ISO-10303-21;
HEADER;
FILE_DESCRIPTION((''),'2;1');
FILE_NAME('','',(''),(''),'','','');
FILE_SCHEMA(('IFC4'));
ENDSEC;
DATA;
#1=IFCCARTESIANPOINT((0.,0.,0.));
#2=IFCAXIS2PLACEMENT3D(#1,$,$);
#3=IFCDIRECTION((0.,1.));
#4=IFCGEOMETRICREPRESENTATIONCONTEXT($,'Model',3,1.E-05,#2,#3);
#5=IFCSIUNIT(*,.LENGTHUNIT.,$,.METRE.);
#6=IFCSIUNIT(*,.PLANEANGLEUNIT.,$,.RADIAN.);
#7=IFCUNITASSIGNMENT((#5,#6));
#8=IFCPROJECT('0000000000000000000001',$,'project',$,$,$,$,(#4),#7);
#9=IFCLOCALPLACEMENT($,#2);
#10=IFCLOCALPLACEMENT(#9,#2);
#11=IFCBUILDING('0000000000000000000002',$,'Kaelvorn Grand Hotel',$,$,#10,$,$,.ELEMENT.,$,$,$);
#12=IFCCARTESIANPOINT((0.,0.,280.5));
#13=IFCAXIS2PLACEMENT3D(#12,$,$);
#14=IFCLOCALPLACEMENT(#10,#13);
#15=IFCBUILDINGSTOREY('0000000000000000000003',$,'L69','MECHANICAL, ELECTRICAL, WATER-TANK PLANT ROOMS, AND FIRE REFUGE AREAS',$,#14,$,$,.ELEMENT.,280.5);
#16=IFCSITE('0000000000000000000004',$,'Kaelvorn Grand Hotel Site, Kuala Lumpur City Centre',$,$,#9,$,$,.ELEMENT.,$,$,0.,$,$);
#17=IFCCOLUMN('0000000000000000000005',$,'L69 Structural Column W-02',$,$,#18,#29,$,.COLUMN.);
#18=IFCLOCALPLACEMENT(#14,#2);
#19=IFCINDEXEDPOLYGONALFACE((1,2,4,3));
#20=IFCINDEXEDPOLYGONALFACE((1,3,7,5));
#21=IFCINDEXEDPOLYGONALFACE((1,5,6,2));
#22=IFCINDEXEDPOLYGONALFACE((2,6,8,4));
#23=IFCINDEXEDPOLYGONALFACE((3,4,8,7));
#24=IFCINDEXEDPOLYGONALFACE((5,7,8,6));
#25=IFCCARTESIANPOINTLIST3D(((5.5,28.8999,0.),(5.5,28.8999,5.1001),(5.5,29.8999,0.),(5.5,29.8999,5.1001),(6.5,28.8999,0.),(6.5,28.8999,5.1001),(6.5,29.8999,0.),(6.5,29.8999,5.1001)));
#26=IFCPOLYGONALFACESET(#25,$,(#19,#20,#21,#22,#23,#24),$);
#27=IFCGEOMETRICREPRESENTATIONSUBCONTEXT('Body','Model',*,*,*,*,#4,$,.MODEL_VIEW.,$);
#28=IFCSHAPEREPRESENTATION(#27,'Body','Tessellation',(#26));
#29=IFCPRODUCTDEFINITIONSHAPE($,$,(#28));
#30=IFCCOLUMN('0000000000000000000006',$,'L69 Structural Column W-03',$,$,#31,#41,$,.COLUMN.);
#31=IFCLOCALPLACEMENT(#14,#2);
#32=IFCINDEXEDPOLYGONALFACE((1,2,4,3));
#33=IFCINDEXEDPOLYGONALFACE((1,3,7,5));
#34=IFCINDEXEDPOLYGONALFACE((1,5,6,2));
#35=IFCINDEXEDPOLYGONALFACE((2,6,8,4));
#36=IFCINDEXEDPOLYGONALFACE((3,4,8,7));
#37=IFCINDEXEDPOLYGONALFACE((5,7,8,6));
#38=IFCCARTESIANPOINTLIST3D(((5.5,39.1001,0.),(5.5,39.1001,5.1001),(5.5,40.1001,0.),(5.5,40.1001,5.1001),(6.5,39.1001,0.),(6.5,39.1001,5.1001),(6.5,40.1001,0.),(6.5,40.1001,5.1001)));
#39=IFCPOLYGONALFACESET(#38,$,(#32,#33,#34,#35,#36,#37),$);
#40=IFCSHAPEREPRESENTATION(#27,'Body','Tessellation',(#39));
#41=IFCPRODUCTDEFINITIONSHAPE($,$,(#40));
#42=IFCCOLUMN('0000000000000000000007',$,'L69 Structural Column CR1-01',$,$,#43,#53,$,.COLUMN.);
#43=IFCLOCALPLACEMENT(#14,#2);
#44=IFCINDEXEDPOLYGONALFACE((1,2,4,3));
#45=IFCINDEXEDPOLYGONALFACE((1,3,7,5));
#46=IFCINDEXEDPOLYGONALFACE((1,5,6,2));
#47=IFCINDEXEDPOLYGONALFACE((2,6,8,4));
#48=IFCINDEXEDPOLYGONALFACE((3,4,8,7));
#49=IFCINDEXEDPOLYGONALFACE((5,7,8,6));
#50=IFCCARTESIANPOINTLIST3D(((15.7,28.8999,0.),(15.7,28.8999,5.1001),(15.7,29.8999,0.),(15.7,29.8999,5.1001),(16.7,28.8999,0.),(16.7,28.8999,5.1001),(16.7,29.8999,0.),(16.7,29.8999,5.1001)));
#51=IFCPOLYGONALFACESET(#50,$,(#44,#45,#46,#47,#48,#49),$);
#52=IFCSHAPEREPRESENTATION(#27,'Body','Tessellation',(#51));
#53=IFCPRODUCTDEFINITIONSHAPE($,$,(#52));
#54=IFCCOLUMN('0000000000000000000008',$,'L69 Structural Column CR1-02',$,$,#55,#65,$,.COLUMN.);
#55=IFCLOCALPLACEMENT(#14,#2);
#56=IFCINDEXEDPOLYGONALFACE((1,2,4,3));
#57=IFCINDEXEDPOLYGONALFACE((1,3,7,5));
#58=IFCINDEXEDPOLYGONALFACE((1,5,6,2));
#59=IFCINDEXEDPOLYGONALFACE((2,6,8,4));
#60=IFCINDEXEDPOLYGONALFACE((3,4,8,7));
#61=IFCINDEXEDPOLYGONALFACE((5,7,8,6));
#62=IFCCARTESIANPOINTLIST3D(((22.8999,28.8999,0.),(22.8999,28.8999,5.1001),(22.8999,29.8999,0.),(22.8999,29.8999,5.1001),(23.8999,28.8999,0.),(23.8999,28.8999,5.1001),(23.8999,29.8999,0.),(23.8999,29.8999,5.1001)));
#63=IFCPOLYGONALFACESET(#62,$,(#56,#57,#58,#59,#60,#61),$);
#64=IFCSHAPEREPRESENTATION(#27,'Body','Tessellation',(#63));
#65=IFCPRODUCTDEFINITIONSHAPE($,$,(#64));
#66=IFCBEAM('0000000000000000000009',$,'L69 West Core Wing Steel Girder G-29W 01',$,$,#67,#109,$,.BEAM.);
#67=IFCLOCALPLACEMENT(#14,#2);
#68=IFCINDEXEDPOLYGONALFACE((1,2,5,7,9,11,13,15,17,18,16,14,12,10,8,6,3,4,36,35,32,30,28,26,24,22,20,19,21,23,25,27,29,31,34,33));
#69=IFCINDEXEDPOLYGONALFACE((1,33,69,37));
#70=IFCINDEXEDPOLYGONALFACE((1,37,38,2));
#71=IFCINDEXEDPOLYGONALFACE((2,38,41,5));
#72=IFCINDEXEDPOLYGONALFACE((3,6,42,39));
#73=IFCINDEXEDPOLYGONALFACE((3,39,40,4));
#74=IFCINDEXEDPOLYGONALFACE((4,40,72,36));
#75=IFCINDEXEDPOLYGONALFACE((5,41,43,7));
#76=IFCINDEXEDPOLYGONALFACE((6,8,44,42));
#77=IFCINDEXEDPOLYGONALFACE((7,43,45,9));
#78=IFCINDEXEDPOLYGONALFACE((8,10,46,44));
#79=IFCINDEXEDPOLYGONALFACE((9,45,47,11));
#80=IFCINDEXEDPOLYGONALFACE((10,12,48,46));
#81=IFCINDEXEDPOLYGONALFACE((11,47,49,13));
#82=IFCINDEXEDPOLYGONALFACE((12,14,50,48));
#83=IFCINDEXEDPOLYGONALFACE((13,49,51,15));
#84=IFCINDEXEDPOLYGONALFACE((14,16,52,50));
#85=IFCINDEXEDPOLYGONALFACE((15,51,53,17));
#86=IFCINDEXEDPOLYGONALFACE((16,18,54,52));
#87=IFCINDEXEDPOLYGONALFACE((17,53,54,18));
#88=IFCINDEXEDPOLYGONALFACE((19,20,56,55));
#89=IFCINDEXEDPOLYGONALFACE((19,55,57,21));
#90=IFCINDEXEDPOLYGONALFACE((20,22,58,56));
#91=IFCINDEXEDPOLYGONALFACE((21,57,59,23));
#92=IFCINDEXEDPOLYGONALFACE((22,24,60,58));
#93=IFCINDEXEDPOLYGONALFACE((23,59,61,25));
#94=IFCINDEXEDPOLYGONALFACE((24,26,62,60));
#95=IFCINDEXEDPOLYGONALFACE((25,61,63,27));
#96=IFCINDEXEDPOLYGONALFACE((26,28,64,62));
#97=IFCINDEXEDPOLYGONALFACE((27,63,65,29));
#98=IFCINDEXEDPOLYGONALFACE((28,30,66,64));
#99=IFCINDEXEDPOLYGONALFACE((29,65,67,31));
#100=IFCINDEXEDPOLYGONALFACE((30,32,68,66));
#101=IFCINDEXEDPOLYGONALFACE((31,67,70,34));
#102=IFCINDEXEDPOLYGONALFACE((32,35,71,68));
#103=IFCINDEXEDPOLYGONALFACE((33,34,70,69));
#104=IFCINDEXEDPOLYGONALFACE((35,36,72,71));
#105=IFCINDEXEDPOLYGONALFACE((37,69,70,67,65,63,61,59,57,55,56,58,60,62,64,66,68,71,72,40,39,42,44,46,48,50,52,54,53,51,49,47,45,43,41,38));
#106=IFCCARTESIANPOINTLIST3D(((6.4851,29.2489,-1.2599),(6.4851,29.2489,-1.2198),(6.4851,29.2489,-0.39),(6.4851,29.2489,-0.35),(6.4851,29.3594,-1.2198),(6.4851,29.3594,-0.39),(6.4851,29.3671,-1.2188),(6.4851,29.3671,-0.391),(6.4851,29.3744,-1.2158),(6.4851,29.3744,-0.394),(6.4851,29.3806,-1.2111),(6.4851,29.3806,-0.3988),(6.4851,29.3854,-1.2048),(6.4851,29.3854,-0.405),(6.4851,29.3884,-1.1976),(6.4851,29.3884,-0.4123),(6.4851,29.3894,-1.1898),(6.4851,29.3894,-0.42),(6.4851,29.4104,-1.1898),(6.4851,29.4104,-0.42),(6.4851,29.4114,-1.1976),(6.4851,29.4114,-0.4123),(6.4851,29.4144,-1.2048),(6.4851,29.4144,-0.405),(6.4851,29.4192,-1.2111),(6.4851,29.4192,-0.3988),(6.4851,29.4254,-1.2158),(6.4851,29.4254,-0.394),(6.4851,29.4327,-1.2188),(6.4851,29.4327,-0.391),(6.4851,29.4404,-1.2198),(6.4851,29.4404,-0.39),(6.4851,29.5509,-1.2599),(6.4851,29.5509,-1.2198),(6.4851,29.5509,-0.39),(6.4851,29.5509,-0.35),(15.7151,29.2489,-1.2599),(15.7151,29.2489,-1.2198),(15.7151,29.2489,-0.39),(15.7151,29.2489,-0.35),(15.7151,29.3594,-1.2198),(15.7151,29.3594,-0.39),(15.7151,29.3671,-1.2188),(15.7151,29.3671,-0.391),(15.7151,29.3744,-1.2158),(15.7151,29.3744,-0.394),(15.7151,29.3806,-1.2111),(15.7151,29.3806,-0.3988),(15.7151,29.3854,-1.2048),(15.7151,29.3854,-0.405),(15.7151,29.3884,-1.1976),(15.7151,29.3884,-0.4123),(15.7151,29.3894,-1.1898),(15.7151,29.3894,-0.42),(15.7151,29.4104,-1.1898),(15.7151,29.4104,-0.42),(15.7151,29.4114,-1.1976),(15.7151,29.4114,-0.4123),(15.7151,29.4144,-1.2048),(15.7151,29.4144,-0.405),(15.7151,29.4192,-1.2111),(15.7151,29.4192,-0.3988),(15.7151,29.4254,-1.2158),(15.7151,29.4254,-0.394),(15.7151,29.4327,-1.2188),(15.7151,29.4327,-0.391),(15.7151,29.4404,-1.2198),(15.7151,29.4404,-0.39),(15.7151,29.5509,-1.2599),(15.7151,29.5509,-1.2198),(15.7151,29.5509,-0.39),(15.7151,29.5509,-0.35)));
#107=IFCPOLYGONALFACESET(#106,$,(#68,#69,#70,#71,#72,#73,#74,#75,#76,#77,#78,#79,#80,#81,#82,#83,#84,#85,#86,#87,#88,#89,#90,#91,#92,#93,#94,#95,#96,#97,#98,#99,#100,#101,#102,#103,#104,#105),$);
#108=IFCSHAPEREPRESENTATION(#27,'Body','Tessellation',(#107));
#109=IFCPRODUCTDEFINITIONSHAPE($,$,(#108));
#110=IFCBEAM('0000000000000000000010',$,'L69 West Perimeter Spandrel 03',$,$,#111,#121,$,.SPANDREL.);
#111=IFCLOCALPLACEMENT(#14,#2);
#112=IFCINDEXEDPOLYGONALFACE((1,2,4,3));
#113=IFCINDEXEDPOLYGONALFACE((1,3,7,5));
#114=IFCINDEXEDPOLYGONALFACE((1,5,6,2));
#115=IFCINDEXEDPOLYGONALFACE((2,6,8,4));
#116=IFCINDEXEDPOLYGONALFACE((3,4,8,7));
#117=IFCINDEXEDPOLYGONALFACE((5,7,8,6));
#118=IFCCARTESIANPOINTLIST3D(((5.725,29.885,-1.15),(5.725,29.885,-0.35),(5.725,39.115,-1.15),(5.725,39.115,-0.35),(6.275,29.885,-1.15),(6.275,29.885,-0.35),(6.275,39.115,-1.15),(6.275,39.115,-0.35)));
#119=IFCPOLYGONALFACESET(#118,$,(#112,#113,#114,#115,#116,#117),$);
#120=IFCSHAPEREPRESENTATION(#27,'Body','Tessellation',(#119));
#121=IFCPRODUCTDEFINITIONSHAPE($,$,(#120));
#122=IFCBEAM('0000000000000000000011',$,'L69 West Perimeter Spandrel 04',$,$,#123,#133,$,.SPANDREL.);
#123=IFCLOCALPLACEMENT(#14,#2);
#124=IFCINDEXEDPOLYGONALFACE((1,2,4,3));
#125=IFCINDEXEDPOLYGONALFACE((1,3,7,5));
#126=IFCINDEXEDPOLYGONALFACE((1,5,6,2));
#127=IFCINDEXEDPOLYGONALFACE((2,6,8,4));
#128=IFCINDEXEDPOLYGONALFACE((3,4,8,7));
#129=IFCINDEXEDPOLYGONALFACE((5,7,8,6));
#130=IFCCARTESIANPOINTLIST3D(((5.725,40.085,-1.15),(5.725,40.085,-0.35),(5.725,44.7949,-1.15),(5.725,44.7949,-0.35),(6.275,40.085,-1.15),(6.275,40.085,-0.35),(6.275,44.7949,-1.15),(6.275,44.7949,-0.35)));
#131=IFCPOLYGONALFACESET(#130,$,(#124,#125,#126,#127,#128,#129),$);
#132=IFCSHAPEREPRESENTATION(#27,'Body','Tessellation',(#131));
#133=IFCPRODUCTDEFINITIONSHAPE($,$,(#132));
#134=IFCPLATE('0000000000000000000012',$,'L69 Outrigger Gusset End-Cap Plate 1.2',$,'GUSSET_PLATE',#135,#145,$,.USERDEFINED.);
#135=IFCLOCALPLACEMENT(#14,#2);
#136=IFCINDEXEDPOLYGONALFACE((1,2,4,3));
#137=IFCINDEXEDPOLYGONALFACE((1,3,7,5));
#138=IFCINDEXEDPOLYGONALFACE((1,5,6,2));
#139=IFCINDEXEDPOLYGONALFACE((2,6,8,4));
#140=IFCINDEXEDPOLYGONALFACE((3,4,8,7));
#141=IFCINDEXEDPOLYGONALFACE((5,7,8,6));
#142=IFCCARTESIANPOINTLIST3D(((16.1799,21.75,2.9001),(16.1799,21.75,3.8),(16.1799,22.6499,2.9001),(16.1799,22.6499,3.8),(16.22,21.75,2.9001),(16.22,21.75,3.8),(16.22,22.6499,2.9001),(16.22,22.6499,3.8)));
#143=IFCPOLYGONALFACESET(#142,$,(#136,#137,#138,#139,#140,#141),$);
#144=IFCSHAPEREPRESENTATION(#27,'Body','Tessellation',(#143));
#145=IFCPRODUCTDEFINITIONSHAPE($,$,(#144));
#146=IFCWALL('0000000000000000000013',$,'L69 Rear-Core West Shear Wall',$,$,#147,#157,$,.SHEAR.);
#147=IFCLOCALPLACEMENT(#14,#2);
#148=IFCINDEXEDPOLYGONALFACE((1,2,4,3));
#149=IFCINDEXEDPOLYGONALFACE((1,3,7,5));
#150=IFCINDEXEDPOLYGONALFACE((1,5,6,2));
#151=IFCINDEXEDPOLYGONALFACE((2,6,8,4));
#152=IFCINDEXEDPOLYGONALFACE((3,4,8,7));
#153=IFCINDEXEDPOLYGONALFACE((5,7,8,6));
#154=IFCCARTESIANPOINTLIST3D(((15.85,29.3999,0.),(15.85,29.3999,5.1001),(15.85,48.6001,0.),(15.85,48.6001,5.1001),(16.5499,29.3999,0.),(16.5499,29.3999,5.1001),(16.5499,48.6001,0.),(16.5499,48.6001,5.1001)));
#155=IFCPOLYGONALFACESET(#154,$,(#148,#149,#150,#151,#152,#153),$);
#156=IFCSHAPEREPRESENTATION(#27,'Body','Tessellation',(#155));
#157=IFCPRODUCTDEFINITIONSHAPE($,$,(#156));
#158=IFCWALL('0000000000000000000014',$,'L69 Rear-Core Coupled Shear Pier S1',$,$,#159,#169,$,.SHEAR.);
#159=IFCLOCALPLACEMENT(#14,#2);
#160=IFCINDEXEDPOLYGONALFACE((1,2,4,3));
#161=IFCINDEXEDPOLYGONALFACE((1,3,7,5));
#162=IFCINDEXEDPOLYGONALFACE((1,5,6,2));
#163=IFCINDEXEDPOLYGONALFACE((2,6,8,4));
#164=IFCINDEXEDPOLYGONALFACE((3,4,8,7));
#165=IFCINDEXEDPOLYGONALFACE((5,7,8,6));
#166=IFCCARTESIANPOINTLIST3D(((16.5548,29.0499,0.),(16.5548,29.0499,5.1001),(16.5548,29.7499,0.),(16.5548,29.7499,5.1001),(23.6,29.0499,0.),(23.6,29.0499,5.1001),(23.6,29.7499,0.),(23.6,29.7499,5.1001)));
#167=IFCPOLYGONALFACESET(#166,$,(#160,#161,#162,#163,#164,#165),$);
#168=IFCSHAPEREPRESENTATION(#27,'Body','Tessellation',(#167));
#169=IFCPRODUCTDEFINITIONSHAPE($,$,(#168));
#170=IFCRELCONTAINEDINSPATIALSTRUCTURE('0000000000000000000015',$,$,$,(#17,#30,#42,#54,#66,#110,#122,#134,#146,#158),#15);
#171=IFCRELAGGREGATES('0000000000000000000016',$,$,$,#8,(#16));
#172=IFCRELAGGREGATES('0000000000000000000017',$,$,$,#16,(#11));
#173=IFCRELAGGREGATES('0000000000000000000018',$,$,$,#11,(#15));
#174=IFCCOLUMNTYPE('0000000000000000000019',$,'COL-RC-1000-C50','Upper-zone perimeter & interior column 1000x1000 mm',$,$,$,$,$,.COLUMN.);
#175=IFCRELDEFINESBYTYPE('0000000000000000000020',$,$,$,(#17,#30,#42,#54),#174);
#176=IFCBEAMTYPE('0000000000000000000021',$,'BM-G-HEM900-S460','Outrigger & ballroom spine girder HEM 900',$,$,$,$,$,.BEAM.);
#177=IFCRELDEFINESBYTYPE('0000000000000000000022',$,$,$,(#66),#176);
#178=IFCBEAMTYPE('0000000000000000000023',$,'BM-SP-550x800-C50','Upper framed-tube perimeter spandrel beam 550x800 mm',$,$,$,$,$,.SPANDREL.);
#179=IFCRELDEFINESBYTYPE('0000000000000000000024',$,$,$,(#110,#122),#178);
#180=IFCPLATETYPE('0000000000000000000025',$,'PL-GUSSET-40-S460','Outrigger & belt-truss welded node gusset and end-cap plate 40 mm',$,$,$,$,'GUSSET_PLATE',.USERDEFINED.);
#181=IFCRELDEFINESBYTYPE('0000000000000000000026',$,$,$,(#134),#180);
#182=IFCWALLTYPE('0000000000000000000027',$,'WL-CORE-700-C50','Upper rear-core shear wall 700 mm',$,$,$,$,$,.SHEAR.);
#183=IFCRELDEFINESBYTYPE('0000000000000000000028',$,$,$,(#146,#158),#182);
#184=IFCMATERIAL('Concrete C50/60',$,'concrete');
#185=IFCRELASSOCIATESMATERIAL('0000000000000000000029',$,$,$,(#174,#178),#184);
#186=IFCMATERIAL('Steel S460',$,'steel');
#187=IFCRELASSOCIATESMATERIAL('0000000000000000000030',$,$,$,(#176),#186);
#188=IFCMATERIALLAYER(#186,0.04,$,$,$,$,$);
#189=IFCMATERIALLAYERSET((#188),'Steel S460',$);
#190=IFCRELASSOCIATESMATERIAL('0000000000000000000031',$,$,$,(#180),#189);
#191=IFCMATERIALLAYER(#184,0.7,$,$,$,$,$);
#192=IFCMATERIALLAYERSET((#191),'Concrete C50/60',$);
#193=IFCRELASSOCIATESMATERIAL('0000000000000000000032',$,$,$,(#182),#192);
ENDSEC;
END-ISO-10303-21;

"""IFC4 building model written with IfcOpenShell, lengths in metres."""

from ifc_helpers import new_model, si_unit, direction, frame, frame_2d, origin, origin_2d, place, context, subcontext, project, spatial, rectangle, i_section, extrude, material, layer, layer_set, material_profile, profile_set, type_object, element, save


model = new_model("IFC4")

# Units and contexts
model_context = context("Model", 3, precision=1e-05, world=origin(), true_north=direction((0.0, 1.0)))
body_context = subcontext(model_context, "Body", "Model", "MODEL_VIEW")
ifc_project = project(units=[si_unit("LENGTHUNIT", "METRE"), si_unit("PLANEANGLEUNIT", "RADIAN")], contexts=[model_context])

# Site, building, storey
site_placement = place(None, origin())
site = spatial("IfcSite", under=ifc_project, at=site_placement, Name="Kaelvorn Grand Hotel Site, Kuala Lumpur City Centre", CompositionType="ELEMENT", RefElevation=0.0)
building_placement = place(site_placement, origin())
building = spatial("IfcBuilding", under=site, at=building_placement, Name="Kaelvorn Grand Hotel", CompositionType="ELEMENT")
storey_placement = place(building_placement, frame((0.0, 0.0, 280.5)))
storey = spatial("IfcBuildingStorey", under=building, at=storey_placement, Name="L69", Description="MECHANICAL, ELECTRICAL, WATER-TANK PLANT ROOMS, AND FIRE REFUGE AREAS", CompositionType="ELEMENT", Elevation=280.5)

# Columns
ifc_material_1 = material(Name="Concrete C50/60", Category="concrete")
ifc_material_profile_1 = material_profile(ifc_material_1, rectangle(XDim=1.0, YDim=1.0, at=origin_2d()), Name="RC COL 1000x1000")
ifc_profile_set_1 = profile_set([ifc_material_profile_1], Name="Concrete C50/60")
column_type = type_object("IfcColumnType", Name="COL-RC-1000-C50", Description="Upper-zone perimeter & interior column 1000x1000 mm", PredefinedType="COLUMN", material=ifc_profile_set_1)
for number, where, z_axis, x_axis, name in (
    (1, (6.0, 29.3999, 0.0), (0.0, 0.0, 1.0), (1.0, 0.0, 0.0), "L69 Structural Column W-02"),
    (2, (6.0, 39.6001, 0.0), (0.0, 0.0, 1.0), (1.0, 0.0, 0.0), "L69 Structural Column W-03"),
    (3, (16.2, 29.3999, 0.0), (0.0, 0.0, 1.0), (1.0, 0.0, 0.0), "L69 Structural Column CR1-01"),
    (4, (23.3999, 29.3999, 0.0), (0.0, 0.0, 1.0), (1.0, 0.0, 0.0), "L69 Structural Column CR1-02"),
):
    element("IfcColumn", number, at=place(storey_placement, frame(where, z_axis=z_axis, x_axis=x_axis)), inside=storey, type_object=column_type, Name=name, PredefinedType="COLUMN", context=body_context, shape_type="SweptSolid", body=[
        extrude(rectangle(XDim=1.0, YDim=1.0, at=origin_2d()), origin(), (0.0, 0.0, 1.0), 5.1001),
    ])

# Beams
ifc_material_2 = material(Name="Steel S460", Category="steel")
ifc_material_profile_2 = material_profile(ifc_material_2, i_section(OverallWidth=0.302, OverallDepth=0.9099, WebThickness=0.021, FlangeThickness=0.04, FilletRadius=0.03, at=origin_2d()), Name="HEM 900")
ifc_profile_set_2 = profile_set([ifc_material_profile_2], Name="Steel S460")
beam_type_1 = type_object("IfcBeamType", Name="BM-G-HEM900-S460", Description="Outrigger & ballroom spine girder HEM 900", PredefinedType="BEAM", material=ifc_profile_set_2)
beam_1_placement = place(storey_placement, frame((6.4851, 29.3999, -0.8049), z_axis=(1.0, 0.0, 0.0), x_axis=(0.0, 1.0, 0.0)))
element("IfcBeam", 5, at=beam_1_placement, inside=storey, type_object=beam_type_1, Name="L69 West Core Wing Steel Girder G-29W 01", PredefinedType="BEAM", context=body_context, shape_type="SweptSolid", body=[
    extrude(i_section(OverallWidth=0.302, OverallDepth=0.9099, WebThickness=0.021, FlangeThickness=0.04, FilletRadius=0.03, at=origin_2d()), origin(), (0.0, 0.0, 1.0), 9.23),
])
ifc_material_profile_3 = material_profile(ifc_material_1, rectangle(XDim=0.55, YDim=0.8, at=origin_2d()), Name="RC SPANDREL 550x800")
ifc_profile_set_3 = profile_set([ifc_material_profile_3], Name="Concrete C50/60")
beam_type_2 = type_object("IfcBeamType", Name="BM-SP-550x800-C50", Description="Upper framed-tube perimeter spandrel beam 550x800 mm", PredefinedType="SPANDREL", material=ifc_profile_set_3)
beam_2_placement = place(storey_placement, frame((6.0, 29.885, -0.75), z_axis=(0.0, 1.0, 0.0), x_axis=(-1.0, 0.0, 0.0)))
element("IfcBeam", 6, at=beam_2_placement, inside=storey, type_object=beam_type_2, Name="L69 West Perimeter Spandrel 03", PredefinedType="SPANDREL", context=body_context, shape_type="SweptSolid", body=[
    extrude(rectangle(XDim=0.55, YDim=0.8, at=origin_2d()), origin(), (0.0, 0.0, 1.0), 9.23),
])
beam_3_placement = place(storey_placement, frame((6.0, 40.085, -0.75), z_axis=(0.0, 1.0, 0.0), x_axis=(-1.0, 0.0, 0.0)))
element("IfcBeam", 7, at=beam_3_placement, inside=storey, type_object=beam_type_2, Name="L69 West Perimeter Spandrel 04", PredefinedType="SPANDREL", context=body_context, shape_type="SweptSolid", body=[
    extrude(rectangle(XDim=0.55, YDim=0.8, at=origin_2d()), origin(), (0.0, 0.0, 1.0), 4.71),
])

# Plate
ifc_layer_1 = layer(ifc_material_2, 0.04)
ifc_layer_set_1 = layer_set([ifc_layer_1], Name="Steel S460")
plate_type = type_object("IfcPlateType", Name="PL-GUSSET-40-S460", Description="Outrigger & belt-truss welded node gusset and end-cap plate 40 mm", ElementType="GUSSET_PLATE", PredefinedType="USERDEFINED", material=ifc_layer_set_1)
plate_placement = place(storey_placement, frame((16.2, 22.2, 2.9001), z_axis=(0.0, 0.0, 1.0), x_axis=(1.0, 0.0, 0.0)))
element("IfcPlate", 8, at=plate_placement, inside=storey, type_object=plate_type, Name="L69 Outrigger Gusset End-Cap Plate 1.2", ObjectType="GUSSET_PLATE", PredefinedType="USERDEFINED", context=body_context, shape_type="SweptSolid", body=[
    extrude(rectangle(XDim=0.04, YDim=0.8999, at=origin_2d()), origin(), (0.0, 0.0, 1.0), 0.8999),
])

# Walls
ifc_layer_2 = layer(ifc_material_1, 0.7)
ifc_layer_set_2 = layer_set([ifc_layer_2], Name="Concrete C50/60")
wall_type_1 = type_object("IfcWallType", Name="WL-CORE-700-C50", Description="Upper rear-core shear wall 700 mm", PredefinedType="SHEAR", material=ifc_layer_set_2)
wall_1_placement = place(storey_placement, frame((16.2, 29.3999, 0.0), z_axis=(0.0, 0.0, 1.0), x_axis=(0.0, 1.0, 0.0)))
element("IfcWall", 9, at=wall_1_placement, inside=storey, type_object=wall_type_1, Name="L69 Rear-Core West Shear Wall", PredefinedType="SHEAR", context=body_context, shape_type="SweptSolid", body=[
    extrude(rectangle(XDim=19.2002, YDim=0.7, at=frame_2d((9.6001, 0.0))), origin(), (0.0, 0.0, 1.0), 5.1001),
])
wall_2_placement = place(storey_placement, frame((16.5549, 29.3999, 0.0), z_axis=(0.0, 0.0, 1.0), x_axis=(1.0, 0.0, 0.0)))
element("IfcWall", 10, at=wall_2_placement, inside=storey, type_object=wall_type_1, Name="L69 Rear-Core Coupled Shear Pier S1", PredefinedType="SHEAR", context=body_context, shape_type="SweptSolid", body=[
    extrude(rectangle(XDim=7.0452, YDim=0.7, at=frame_2d((3.5225, 0.0))), origin(), (0.0, 0.0, 1.0), 5.1001),
])

save(model, "model.ifc")
